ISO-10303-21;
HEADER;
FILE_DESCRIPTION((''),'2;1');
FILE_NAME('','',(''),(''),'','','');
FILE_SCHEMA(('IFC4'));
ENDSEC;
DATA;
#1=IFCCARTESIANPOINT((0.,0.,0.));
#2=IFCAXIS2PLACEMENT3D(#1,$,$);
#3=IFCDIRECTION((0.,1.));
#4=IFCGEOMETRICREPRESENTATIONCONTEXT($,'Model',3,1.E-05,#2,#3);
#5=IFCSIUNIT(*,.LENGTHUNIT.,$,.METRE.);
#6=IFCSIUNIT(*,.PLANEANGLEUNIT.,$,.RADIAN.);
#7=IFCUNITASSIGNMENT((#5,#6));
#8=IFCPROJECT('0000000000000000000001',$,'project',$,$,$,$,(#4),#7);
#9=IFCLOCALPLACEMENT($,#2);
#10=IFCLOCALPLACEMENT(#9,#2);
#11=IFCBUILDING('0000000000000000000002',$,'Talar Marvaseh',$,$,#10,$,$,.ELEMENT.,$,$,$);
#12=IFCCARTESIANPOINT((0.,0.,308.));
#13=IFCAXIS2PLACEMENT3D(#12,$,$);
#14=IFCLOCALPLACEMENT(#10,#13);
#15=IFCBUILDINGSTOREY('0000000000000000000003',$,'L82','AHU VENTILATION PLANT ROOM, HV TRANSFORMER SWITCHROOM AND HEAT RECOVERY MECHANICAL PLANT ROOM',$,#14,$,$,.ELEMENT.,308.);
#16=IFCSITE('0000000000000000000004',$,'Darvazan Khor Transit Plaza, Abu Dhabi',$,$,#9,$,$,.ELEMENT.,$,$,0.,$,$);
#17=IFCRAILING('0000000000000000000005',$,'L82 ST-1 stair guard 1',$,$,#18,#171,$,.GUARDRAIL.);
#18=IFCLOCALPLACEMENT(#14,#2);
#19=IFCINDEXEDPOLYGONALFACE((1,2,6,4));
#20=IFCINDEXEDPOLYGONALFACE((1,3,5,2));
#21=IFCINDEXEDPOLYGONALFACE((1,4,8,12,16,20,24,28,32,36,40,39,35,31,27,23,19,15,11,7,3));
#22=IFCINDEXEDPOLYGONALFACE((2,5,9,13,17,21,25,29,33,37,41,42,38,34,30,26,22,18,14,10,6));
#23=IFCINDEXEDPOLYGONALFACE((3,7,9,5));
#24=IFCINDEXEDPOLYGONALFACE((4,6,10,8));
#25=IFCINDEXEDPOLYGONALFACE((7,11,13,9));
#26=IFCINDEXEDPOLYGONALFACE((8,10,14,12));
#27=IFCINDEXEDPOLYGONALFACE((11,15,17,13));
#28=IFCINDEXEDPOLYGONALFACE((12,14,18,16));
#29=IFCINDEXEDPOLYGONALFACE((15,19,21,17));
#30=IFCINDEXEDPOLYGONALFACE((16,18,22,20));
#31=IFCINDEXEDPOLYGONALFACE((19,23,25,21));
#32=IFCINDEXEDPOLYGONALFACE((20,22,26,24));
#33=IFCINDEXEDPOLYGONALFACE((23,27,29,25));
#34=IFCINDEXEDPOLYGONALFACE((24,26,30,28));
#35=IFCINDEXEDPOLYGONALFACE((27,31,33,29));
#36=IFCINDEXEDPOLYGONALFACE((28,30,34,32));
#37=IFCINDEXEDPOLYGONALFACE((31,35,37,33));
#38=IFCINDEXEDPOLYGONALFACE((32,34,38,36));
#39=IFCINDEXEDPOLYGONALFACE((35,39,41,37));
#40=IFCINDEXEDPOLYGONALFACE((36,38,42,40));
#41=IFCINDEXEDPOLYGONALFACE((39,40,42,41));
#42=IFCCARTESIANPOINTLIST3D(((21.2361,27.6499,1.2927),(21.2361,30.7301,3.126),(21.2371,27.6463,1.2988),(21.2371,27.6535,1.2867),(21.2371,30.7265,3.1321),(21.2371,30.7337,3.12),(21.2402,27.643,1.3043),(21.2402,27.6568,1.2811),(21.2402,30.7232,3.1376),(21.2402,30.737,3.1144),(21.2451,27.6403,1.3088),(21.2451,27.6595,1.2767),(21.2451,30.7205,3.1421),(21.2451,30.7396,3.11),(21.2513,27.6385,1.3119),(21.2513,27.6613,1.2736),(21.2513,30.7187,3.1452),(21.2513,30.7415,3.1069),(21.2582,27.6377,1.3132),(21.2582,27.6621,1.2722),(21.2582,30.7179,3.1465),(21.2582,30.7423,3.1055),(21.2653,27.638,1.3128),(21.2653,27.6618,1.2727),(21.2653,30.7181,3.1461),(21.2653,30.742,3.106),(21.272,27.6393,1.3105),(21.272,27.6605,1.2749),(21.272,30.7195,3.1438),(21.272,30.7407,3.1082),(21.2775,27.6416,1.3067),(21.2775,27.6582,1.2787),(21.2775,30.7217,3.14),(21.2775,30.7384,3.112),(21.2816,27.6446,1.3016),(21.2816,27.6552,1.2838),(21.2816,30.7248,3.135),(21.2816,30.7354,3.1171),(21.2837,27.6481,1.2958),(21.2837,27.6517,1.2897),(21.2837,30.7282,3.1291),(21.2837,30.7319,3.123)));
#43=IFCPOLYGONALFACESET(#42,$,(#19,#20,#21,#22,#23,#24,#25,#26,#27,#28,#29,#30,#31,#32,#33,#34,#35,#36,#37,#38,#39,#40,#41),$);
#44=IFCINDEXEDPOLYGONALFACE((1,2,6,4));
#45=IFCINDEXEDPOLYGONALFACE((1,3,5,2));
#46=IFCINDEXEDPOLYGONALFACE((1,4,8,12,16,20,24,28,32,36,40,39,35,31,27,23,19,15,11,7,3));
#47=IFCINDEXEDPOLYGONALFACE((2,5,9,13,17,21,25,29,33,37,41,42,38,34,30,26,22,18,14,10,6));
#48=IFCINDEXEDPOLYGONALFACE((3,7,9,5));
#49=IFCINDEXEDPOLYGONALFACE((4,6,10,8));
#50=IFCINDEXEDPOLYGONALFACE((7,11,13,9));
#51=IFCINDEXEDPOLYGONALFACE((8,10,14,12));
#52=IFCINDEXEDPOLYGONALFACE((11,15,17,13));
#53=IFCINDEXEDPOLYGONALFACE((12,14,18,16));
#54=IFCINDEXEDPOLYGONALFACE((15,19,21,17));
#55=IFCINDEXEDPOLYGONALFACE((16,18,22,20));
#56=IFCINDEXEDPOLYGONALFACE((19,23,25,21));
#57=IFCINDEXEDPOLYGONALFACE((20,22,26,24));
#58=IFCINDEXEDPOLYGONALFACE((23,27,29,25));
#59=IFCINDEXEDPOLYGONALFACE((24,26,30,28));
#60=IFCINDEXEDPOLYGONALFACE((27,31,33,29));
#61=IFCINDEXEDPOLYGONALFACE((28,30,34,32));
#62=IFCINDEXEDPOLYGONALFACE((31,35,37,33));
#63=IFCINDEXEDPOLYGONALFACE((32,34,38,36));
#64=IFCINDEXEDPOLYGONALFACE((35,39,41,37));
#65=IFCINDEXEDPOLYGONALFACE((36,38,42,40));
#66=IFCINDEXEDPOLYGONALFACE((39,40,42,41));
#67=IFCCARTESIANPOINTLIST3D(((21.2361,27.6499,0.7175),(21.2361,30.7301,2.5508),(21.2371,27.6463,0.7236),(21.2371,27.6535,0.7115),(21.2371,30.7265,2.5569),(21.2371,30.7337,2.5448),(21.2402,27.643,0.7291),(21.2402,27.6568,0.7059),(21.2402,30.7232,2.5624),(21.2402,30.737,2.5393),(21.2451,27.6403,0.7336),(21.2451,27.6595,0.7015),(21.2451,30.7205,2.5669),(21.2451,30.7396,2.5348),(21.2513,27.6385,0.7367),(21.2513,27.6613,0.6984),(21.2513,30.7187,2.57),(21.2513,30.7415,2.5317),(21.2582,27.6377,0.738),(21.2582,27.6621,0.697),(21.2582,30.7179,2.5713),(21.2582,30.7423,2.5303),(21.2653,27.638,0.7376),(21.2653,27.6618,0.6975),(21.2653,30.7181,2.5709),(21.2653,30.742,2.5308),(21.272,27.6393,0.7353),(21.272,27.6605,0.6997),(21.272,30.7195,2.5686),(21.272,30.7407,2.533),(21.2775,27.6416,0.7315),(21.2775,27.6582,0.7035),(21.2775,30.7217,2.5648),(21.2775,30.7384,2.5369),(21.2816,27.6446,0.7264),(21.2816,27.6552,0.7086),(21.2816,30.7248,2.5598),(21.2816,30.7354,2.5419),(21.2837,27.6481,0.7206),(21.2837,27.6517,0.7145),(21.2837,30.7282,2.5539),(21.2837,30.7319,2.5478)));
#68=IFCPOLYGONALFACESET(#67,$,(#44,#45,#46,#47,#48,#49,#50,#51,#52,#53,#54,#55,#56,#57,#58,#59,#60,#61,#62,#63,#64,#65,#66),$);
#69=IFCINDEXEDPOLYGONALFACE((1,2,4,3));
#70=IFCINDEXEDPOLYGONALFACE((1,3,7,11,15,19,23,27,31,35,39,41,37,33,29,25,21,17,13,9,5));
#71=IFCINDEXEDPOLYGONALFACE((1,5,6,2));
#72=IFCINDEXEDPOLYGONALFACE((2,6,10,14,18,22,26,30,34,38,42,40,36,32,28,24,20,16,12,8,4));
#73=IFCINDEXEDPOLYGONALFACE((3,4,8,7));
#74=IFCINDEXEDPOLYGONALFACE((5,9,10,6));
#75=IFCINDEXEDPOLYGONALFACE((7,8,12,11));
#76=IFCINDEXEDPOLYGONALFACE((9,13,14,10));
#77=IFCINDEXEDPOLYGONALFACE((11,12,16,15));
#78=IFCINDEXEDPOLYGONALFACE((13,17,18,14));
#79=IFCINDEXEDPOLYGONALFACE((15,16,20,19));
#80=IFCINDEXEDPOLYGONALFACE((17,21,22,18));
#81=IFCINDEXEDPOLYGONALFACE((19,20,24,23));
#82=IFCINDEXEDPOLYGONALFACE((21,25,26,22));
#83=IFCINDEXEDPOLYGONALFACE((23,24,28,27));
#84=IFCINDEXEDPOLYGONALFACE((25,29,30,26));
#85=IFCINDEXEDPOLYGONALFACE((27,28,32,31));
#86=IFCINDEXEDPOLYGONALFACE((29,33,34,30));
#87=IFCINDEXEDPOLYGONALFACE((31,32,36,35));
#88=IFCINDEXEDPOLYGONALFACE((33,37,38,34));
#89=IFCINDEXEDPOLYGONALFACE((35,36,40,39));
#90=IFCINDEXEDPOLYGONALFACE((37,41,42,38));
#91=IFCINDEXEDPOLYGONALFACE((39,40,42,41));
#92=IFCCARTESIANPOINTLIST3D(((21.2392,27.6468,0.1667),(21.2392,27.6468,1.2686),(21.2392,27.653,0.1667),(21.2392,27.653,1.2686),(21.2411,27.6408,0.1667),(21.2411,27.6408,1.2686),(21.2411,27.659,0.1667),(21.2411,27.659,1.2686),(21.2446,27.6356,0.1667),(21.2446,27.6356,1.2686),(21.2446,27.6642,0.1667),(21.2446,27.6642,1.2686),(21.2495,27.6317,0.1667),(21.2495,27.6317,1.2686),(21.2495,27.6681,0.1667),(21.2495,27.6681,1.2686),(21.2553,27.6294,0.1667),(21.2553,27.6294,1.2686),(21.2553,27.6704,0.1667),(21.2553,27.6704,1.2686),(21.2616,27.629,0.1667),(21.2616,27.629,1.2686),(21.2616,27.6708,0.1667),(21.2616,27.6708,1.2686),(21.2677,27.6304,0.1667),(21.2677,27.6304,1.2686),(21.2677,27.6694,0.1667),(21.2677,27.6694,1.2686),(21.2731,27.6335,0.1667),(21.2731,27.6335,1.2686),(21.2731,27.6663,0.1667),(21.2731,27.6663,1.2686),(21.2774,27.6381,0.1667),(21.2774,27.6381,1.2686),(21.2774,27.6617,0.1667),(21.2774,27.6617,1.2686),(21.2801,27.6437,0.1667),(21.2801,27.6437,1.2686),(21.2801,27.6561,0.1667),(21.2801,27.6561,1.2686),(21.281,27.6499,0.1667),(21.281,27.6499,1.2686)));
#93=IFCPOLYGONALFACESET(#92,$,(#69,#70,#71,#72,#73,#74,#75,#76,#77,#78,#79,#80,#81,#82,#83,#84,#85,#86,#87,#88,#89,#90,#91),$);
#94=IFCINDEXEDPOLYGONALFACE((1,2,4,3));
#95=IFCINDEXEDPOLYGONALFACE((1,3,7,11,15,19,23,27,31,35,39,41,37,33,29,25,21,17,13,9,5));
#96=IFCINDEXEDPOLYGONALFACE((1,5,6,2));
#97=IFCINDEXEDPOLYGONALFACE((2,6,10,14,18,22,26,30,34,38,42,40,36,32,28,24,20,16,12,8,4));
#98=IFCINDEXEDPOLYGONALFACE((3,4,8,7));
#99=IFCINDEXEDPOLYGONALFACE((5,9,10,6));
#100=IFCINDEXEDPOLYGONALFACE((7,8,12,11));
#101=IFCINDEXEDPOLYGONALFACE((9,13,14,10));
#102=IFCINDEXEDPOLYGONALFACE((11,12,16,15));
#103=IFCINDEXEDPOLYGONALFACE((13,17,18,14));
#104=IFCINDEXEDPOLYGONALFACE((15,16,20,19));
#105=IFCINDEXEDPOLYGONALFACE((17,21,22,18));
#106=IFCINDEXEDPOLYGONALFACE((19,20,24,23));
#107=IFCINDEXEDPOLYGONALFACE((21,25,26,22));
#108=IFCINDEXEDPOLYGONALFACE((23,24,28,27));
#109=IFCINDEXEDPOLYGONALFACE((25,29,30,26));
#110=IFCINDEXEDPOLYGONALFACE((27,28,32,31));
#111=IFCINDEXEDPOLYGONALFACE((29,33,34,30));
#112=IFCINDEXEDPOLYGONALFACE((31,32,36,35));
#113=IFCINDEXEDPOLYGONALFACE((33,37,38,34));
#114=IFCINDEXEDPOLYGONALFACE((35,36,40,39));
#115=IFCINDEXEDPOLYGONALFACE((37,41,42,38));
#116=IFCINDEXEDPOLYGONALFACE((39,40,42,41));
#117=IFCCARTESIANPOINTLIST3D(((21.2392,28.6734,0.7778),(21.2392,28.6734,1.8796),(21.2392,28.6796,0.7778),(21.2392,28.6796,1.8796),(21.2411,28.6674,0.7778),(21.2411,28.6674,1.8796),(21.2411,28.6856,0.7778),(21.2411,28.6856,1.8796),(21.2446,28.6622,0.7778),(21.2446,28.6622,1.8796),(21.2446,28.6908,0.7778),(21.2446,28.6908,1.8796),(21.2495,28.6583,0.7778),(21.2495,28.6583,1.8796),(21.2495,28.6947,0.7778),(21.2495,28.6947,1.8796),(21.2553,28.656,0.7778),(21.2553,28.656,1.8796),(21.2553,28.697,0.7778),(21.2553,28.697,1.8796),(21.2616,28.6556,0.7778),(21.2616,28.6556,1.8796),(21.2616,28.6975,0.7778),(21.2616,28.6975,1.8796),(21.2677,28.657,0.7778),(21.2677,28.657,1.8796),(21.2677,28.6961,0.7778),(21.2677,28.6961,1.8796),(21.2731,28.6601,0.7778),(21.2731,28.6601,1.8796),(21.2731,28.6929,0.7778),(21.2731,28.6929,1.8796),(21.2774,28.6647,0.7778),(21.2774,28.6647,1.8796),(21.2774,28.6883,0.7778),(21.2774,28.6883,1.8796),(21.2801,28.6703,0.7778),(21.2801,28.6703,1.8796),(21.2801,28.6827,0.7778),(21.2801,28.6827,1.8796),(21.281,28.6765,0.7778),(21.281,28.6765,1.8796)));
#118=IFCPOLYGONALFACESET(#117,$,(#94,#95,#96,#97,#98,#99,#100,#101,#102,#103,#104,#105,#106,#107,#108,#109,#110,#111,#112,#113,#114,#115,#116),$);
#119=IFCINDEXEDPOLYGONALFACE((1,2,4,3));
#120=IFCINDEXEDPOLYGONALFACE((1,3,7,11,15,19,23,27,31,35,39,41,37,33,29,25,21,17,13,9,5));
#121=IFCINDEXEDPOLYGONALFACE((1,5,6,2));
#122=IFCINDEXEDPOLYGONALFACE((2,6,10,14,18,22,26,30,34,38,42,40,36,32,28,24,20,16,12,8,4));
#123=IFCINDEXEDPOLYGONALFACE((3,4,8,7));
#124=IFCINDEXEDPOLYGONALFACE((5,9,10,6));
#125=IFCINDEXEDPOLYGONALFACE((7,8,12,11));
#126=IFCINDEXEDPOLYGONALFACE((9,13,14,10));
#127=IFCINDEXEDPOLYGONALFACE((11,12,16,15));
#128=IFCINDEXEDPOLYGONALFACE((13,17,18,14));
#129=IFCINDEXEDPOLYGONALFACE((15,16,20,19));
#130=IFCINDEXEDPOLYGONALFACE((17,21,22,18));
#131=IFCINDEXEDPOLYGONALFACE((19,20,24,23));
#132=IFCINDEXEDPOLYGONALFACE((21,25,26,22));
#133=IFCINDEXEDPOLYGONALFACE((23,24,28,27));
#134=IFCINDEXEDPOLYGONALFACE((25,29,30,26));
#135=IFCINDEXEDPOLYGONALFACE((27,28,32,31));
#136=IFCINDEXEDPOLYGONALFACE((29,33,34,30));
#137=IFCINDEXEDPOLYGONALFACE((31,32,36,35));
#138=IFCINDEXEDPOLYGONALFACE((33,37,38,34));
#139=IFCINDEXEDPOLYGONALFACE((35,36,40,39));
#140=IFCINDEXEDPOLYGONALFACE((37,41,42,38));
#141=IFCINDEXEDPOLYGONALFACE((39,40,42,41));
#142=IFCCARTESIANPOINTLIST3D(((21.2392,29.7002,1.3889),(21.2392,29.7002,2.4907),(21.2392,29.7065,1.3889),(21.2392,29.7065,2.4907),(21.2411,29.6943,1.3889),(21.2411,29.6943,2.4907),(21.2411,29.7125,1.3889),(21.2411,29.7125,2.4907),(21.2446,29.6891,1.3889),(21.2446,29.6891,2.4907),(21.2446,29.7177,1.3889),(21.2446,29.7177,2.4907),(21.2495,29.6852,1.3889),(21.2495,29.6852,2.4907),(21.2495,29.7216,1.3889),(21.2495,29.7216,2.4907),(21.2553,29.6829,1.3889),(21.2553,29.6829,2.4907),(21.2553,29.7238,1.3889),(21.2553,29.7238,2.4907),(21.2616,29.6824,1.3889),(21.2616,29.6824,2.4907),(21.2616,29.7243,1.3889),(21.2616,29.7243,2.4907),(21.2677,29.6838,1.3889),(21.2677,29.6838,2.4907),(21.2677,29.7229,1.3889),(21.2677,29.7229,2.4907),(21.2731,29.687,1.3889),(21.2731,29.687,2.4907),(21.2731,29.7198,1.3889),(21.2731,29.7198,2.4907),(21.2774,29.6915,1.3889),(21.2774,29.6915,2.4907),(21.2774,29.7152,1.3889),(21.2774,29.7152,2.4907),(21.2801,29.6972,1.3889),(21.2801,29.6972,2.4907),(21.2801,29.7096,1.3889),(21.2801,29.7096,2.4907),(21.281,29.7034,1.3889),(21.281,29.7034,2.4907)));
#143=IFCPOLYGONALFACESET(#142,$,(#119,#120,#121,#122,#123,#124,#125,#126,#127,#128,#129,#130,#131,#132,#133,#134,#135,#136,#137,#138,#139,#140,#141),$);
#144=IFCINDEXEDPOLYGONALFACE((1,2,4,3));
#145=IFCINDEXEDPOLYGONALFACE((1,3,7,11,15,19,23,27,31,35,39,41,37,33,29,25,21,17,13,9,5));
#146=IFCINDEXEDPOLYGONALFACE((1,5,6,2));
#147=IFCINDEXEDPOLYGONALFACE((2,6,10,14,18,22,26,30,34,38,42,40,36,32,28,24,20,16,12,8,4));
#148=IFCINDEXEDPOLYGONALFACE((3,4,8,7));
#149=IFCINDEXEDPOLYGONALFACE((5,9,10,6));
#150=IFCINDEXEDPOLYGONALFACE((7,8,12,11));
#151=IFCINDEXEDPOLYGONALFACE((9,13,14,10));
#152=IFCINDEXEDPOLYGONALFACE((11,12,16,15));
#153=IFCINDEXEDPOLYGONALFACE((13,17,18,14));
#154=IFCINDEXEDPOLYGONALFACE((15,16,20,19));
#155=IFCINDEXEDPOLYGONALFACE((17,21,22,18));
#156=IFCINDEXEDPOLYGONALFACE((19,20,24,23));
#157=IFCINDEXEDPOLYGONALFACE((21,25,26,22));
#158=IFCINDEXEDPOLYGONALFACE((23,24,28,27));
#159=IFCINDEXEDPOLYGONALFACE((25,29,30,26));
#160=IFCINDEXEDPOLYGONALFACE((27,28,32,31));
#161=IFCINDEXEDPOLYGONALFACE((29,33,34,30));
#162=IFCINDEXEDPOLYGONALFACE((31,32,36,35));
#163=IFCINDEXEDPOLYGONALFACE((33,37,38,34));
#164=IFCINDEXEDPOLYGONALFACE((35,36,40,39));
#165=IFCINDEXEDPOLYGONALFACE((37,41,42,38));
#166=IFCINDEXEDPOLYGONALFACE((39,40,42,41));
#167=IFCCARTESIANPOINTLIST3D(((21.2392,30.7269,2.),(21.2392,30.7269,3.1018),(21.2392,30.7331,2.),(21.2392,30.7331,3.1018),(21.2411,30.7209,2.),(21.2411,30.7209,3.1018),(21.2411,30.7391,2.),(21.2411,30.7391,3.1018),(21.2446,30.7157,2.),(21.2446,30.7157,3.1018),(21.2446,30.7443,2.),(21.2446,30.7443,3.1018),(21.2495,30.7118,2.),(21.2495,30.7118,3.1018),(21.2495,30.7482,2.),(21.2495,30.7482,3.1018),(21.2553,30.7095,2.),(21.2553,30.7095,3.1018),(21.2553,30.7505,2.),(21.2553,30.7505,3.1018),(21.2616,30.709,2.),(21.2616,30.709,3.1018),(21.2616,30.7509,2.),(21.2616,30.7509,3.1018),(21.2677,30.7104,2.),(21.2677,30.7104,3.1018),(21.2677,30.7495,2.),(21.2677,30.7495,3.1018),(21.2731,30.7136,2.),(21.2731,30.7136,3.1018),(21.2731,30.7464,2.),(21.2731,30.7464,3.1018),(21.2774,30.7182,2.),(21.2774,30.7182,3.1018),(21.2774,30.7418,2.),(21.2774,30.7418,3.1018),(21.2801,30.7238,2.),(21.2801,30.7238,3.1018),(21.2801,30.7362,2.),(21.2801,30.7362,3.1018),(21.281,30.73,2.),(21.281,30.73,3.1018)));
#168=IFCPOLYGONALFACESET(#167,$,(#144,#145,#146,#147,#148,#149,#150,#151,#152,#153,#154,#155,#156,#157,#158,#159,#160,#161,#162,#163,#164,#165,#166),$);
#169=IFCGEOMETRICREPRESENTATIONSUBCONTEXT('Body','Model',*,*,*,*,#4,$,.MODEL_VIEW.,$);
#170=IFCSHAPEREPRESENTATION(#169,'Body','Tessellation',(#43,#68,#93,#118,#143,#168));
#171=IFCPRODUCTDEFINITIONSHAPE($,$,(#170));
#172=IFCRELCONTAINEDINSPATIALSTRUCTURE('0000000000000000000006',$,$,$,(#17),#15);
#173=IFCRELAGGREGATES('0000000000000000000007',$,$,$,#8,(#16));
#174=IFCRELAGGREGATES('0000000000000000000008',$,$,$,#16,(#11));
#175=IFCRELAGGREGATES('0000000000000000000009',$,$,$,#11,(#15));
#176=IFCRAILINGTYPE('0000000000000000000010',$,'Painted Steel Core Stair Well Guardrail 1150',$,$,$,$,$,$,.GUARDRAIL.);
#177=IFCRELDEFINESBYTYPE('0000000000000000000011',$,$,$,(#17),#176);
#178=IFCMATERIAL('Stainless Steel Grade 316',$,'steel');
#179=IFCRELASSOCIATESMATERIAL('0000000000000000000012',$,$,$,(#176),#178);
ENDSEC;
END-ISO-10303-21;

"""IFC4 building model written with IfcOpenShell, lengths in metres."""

from ifc_helpers import new_model, si_unit, direction, frame, origin, origin_2d, place, context, subcontext, project, spatial, circle, extrude, material, type_object, element, save


model = new_model("IFC4")

# Units and contexts
model_context = context("Model", 3, precision=1e-05, world=origin(), true_north=direction((0.0, 1.0)))
body_context = subcontext(model_context, "Body", "Model", "MODEL_VIEW")
ifc_project = project(units=[si_unit("LENGTHUNIT", "METRE"), si_unit("PLANEANGLEUNIT", "RADIAN")], contexts=[model_context])

# Site, building, storey
site_placement = place(None, origin())
site = spatial("IfcSite", under=ifc_project, at=site_placement, Name="Darvazan Khor Transit Plaza, Abu Dhabi", CompositionType="ELEMENT", RefElevation=0.0)
building_placement = place(site_placement, origin())
building = spatial("IfcBuilding", under=site, at=building_placement, Name="Talar Marvaseh", CompositionType="ELEMENT")
storey_placement = place(building_placement, frame((0.0, 0.0, 308.0)))
storey = spatial("IfcBuildingStorey", under=building, at=storey_placement, Name="L82", Description="AHU VENTILATION PLANT ROOM, HV TRANSFORMER SWITCHROOM AND HEAT RECOVERY MECHANICAL PLANT ROOM", CompositionType="ELEMENT", Elevation=308.0)

# Shared definitions
ifc_material_1 = material(Name="Stainless Steel Grade 316", Category="steel")

# Railing
railing_type_1 = type_object("IfcRailingType", Name="Painted Steel Core Stair Well Guardrail 1150", PredefinedType="GUARDRAIL", material=ifc_material_1)
railing_1_placement = place(storey_placement, frame((21.26, 27.6499, 0.1667)))
element("IfcRailing", 1, at=railing_1_placement, inside=storey, type_object=railing_type_1, Name="L82 ST-1 stair guard 1", PredefinedType="GUARDRAIL", context=body_context, shape_type="SweptSolid", body=[
    extrude(circle(Radius=0.0239, at=origin_2d()), frame((0.0, 0.0, 1.126), z_axis=(0.0, 0.859309, 0.511458), x_axis=(-1.0, 0.0, 0.0)), (0.0, 0.0, 1.0), 3.5845),
    extrude(circle(Radius=0.0239, at=origin_2d()), frame((0.0, 0.0, 0.5508), z_axis=(0.0, 0.859309, 0.511458), x_axis=(-1.0, 0.0, 0.0)), (0.0, 0.0, 1.0), 3.5845),
    extrude(circle(Radius=0.021, at=origin_2d()), origin(), (0.0, 0.0, 1.0), 1.1018),
    extrude(circle(Radius=0.021, at=origin_2d()), frame((0.0, 1.0266, 0.6111)), (0.0, 0.0, 1.0), 1.1018),
    extrude(circle(Radius=0.021, at=origin_2d()), frame((0.0, 2.0535, 1.2222)), (0.0, 0.0, 1.0), 1.1018),
    extrude(circle(Radius=0.021, at=origin_2d()), frame((0.0, 3.0801, 1.8333)), (0.0, 0.0, 1.0), 1.1018),
])

save(model, "model.ifc")
